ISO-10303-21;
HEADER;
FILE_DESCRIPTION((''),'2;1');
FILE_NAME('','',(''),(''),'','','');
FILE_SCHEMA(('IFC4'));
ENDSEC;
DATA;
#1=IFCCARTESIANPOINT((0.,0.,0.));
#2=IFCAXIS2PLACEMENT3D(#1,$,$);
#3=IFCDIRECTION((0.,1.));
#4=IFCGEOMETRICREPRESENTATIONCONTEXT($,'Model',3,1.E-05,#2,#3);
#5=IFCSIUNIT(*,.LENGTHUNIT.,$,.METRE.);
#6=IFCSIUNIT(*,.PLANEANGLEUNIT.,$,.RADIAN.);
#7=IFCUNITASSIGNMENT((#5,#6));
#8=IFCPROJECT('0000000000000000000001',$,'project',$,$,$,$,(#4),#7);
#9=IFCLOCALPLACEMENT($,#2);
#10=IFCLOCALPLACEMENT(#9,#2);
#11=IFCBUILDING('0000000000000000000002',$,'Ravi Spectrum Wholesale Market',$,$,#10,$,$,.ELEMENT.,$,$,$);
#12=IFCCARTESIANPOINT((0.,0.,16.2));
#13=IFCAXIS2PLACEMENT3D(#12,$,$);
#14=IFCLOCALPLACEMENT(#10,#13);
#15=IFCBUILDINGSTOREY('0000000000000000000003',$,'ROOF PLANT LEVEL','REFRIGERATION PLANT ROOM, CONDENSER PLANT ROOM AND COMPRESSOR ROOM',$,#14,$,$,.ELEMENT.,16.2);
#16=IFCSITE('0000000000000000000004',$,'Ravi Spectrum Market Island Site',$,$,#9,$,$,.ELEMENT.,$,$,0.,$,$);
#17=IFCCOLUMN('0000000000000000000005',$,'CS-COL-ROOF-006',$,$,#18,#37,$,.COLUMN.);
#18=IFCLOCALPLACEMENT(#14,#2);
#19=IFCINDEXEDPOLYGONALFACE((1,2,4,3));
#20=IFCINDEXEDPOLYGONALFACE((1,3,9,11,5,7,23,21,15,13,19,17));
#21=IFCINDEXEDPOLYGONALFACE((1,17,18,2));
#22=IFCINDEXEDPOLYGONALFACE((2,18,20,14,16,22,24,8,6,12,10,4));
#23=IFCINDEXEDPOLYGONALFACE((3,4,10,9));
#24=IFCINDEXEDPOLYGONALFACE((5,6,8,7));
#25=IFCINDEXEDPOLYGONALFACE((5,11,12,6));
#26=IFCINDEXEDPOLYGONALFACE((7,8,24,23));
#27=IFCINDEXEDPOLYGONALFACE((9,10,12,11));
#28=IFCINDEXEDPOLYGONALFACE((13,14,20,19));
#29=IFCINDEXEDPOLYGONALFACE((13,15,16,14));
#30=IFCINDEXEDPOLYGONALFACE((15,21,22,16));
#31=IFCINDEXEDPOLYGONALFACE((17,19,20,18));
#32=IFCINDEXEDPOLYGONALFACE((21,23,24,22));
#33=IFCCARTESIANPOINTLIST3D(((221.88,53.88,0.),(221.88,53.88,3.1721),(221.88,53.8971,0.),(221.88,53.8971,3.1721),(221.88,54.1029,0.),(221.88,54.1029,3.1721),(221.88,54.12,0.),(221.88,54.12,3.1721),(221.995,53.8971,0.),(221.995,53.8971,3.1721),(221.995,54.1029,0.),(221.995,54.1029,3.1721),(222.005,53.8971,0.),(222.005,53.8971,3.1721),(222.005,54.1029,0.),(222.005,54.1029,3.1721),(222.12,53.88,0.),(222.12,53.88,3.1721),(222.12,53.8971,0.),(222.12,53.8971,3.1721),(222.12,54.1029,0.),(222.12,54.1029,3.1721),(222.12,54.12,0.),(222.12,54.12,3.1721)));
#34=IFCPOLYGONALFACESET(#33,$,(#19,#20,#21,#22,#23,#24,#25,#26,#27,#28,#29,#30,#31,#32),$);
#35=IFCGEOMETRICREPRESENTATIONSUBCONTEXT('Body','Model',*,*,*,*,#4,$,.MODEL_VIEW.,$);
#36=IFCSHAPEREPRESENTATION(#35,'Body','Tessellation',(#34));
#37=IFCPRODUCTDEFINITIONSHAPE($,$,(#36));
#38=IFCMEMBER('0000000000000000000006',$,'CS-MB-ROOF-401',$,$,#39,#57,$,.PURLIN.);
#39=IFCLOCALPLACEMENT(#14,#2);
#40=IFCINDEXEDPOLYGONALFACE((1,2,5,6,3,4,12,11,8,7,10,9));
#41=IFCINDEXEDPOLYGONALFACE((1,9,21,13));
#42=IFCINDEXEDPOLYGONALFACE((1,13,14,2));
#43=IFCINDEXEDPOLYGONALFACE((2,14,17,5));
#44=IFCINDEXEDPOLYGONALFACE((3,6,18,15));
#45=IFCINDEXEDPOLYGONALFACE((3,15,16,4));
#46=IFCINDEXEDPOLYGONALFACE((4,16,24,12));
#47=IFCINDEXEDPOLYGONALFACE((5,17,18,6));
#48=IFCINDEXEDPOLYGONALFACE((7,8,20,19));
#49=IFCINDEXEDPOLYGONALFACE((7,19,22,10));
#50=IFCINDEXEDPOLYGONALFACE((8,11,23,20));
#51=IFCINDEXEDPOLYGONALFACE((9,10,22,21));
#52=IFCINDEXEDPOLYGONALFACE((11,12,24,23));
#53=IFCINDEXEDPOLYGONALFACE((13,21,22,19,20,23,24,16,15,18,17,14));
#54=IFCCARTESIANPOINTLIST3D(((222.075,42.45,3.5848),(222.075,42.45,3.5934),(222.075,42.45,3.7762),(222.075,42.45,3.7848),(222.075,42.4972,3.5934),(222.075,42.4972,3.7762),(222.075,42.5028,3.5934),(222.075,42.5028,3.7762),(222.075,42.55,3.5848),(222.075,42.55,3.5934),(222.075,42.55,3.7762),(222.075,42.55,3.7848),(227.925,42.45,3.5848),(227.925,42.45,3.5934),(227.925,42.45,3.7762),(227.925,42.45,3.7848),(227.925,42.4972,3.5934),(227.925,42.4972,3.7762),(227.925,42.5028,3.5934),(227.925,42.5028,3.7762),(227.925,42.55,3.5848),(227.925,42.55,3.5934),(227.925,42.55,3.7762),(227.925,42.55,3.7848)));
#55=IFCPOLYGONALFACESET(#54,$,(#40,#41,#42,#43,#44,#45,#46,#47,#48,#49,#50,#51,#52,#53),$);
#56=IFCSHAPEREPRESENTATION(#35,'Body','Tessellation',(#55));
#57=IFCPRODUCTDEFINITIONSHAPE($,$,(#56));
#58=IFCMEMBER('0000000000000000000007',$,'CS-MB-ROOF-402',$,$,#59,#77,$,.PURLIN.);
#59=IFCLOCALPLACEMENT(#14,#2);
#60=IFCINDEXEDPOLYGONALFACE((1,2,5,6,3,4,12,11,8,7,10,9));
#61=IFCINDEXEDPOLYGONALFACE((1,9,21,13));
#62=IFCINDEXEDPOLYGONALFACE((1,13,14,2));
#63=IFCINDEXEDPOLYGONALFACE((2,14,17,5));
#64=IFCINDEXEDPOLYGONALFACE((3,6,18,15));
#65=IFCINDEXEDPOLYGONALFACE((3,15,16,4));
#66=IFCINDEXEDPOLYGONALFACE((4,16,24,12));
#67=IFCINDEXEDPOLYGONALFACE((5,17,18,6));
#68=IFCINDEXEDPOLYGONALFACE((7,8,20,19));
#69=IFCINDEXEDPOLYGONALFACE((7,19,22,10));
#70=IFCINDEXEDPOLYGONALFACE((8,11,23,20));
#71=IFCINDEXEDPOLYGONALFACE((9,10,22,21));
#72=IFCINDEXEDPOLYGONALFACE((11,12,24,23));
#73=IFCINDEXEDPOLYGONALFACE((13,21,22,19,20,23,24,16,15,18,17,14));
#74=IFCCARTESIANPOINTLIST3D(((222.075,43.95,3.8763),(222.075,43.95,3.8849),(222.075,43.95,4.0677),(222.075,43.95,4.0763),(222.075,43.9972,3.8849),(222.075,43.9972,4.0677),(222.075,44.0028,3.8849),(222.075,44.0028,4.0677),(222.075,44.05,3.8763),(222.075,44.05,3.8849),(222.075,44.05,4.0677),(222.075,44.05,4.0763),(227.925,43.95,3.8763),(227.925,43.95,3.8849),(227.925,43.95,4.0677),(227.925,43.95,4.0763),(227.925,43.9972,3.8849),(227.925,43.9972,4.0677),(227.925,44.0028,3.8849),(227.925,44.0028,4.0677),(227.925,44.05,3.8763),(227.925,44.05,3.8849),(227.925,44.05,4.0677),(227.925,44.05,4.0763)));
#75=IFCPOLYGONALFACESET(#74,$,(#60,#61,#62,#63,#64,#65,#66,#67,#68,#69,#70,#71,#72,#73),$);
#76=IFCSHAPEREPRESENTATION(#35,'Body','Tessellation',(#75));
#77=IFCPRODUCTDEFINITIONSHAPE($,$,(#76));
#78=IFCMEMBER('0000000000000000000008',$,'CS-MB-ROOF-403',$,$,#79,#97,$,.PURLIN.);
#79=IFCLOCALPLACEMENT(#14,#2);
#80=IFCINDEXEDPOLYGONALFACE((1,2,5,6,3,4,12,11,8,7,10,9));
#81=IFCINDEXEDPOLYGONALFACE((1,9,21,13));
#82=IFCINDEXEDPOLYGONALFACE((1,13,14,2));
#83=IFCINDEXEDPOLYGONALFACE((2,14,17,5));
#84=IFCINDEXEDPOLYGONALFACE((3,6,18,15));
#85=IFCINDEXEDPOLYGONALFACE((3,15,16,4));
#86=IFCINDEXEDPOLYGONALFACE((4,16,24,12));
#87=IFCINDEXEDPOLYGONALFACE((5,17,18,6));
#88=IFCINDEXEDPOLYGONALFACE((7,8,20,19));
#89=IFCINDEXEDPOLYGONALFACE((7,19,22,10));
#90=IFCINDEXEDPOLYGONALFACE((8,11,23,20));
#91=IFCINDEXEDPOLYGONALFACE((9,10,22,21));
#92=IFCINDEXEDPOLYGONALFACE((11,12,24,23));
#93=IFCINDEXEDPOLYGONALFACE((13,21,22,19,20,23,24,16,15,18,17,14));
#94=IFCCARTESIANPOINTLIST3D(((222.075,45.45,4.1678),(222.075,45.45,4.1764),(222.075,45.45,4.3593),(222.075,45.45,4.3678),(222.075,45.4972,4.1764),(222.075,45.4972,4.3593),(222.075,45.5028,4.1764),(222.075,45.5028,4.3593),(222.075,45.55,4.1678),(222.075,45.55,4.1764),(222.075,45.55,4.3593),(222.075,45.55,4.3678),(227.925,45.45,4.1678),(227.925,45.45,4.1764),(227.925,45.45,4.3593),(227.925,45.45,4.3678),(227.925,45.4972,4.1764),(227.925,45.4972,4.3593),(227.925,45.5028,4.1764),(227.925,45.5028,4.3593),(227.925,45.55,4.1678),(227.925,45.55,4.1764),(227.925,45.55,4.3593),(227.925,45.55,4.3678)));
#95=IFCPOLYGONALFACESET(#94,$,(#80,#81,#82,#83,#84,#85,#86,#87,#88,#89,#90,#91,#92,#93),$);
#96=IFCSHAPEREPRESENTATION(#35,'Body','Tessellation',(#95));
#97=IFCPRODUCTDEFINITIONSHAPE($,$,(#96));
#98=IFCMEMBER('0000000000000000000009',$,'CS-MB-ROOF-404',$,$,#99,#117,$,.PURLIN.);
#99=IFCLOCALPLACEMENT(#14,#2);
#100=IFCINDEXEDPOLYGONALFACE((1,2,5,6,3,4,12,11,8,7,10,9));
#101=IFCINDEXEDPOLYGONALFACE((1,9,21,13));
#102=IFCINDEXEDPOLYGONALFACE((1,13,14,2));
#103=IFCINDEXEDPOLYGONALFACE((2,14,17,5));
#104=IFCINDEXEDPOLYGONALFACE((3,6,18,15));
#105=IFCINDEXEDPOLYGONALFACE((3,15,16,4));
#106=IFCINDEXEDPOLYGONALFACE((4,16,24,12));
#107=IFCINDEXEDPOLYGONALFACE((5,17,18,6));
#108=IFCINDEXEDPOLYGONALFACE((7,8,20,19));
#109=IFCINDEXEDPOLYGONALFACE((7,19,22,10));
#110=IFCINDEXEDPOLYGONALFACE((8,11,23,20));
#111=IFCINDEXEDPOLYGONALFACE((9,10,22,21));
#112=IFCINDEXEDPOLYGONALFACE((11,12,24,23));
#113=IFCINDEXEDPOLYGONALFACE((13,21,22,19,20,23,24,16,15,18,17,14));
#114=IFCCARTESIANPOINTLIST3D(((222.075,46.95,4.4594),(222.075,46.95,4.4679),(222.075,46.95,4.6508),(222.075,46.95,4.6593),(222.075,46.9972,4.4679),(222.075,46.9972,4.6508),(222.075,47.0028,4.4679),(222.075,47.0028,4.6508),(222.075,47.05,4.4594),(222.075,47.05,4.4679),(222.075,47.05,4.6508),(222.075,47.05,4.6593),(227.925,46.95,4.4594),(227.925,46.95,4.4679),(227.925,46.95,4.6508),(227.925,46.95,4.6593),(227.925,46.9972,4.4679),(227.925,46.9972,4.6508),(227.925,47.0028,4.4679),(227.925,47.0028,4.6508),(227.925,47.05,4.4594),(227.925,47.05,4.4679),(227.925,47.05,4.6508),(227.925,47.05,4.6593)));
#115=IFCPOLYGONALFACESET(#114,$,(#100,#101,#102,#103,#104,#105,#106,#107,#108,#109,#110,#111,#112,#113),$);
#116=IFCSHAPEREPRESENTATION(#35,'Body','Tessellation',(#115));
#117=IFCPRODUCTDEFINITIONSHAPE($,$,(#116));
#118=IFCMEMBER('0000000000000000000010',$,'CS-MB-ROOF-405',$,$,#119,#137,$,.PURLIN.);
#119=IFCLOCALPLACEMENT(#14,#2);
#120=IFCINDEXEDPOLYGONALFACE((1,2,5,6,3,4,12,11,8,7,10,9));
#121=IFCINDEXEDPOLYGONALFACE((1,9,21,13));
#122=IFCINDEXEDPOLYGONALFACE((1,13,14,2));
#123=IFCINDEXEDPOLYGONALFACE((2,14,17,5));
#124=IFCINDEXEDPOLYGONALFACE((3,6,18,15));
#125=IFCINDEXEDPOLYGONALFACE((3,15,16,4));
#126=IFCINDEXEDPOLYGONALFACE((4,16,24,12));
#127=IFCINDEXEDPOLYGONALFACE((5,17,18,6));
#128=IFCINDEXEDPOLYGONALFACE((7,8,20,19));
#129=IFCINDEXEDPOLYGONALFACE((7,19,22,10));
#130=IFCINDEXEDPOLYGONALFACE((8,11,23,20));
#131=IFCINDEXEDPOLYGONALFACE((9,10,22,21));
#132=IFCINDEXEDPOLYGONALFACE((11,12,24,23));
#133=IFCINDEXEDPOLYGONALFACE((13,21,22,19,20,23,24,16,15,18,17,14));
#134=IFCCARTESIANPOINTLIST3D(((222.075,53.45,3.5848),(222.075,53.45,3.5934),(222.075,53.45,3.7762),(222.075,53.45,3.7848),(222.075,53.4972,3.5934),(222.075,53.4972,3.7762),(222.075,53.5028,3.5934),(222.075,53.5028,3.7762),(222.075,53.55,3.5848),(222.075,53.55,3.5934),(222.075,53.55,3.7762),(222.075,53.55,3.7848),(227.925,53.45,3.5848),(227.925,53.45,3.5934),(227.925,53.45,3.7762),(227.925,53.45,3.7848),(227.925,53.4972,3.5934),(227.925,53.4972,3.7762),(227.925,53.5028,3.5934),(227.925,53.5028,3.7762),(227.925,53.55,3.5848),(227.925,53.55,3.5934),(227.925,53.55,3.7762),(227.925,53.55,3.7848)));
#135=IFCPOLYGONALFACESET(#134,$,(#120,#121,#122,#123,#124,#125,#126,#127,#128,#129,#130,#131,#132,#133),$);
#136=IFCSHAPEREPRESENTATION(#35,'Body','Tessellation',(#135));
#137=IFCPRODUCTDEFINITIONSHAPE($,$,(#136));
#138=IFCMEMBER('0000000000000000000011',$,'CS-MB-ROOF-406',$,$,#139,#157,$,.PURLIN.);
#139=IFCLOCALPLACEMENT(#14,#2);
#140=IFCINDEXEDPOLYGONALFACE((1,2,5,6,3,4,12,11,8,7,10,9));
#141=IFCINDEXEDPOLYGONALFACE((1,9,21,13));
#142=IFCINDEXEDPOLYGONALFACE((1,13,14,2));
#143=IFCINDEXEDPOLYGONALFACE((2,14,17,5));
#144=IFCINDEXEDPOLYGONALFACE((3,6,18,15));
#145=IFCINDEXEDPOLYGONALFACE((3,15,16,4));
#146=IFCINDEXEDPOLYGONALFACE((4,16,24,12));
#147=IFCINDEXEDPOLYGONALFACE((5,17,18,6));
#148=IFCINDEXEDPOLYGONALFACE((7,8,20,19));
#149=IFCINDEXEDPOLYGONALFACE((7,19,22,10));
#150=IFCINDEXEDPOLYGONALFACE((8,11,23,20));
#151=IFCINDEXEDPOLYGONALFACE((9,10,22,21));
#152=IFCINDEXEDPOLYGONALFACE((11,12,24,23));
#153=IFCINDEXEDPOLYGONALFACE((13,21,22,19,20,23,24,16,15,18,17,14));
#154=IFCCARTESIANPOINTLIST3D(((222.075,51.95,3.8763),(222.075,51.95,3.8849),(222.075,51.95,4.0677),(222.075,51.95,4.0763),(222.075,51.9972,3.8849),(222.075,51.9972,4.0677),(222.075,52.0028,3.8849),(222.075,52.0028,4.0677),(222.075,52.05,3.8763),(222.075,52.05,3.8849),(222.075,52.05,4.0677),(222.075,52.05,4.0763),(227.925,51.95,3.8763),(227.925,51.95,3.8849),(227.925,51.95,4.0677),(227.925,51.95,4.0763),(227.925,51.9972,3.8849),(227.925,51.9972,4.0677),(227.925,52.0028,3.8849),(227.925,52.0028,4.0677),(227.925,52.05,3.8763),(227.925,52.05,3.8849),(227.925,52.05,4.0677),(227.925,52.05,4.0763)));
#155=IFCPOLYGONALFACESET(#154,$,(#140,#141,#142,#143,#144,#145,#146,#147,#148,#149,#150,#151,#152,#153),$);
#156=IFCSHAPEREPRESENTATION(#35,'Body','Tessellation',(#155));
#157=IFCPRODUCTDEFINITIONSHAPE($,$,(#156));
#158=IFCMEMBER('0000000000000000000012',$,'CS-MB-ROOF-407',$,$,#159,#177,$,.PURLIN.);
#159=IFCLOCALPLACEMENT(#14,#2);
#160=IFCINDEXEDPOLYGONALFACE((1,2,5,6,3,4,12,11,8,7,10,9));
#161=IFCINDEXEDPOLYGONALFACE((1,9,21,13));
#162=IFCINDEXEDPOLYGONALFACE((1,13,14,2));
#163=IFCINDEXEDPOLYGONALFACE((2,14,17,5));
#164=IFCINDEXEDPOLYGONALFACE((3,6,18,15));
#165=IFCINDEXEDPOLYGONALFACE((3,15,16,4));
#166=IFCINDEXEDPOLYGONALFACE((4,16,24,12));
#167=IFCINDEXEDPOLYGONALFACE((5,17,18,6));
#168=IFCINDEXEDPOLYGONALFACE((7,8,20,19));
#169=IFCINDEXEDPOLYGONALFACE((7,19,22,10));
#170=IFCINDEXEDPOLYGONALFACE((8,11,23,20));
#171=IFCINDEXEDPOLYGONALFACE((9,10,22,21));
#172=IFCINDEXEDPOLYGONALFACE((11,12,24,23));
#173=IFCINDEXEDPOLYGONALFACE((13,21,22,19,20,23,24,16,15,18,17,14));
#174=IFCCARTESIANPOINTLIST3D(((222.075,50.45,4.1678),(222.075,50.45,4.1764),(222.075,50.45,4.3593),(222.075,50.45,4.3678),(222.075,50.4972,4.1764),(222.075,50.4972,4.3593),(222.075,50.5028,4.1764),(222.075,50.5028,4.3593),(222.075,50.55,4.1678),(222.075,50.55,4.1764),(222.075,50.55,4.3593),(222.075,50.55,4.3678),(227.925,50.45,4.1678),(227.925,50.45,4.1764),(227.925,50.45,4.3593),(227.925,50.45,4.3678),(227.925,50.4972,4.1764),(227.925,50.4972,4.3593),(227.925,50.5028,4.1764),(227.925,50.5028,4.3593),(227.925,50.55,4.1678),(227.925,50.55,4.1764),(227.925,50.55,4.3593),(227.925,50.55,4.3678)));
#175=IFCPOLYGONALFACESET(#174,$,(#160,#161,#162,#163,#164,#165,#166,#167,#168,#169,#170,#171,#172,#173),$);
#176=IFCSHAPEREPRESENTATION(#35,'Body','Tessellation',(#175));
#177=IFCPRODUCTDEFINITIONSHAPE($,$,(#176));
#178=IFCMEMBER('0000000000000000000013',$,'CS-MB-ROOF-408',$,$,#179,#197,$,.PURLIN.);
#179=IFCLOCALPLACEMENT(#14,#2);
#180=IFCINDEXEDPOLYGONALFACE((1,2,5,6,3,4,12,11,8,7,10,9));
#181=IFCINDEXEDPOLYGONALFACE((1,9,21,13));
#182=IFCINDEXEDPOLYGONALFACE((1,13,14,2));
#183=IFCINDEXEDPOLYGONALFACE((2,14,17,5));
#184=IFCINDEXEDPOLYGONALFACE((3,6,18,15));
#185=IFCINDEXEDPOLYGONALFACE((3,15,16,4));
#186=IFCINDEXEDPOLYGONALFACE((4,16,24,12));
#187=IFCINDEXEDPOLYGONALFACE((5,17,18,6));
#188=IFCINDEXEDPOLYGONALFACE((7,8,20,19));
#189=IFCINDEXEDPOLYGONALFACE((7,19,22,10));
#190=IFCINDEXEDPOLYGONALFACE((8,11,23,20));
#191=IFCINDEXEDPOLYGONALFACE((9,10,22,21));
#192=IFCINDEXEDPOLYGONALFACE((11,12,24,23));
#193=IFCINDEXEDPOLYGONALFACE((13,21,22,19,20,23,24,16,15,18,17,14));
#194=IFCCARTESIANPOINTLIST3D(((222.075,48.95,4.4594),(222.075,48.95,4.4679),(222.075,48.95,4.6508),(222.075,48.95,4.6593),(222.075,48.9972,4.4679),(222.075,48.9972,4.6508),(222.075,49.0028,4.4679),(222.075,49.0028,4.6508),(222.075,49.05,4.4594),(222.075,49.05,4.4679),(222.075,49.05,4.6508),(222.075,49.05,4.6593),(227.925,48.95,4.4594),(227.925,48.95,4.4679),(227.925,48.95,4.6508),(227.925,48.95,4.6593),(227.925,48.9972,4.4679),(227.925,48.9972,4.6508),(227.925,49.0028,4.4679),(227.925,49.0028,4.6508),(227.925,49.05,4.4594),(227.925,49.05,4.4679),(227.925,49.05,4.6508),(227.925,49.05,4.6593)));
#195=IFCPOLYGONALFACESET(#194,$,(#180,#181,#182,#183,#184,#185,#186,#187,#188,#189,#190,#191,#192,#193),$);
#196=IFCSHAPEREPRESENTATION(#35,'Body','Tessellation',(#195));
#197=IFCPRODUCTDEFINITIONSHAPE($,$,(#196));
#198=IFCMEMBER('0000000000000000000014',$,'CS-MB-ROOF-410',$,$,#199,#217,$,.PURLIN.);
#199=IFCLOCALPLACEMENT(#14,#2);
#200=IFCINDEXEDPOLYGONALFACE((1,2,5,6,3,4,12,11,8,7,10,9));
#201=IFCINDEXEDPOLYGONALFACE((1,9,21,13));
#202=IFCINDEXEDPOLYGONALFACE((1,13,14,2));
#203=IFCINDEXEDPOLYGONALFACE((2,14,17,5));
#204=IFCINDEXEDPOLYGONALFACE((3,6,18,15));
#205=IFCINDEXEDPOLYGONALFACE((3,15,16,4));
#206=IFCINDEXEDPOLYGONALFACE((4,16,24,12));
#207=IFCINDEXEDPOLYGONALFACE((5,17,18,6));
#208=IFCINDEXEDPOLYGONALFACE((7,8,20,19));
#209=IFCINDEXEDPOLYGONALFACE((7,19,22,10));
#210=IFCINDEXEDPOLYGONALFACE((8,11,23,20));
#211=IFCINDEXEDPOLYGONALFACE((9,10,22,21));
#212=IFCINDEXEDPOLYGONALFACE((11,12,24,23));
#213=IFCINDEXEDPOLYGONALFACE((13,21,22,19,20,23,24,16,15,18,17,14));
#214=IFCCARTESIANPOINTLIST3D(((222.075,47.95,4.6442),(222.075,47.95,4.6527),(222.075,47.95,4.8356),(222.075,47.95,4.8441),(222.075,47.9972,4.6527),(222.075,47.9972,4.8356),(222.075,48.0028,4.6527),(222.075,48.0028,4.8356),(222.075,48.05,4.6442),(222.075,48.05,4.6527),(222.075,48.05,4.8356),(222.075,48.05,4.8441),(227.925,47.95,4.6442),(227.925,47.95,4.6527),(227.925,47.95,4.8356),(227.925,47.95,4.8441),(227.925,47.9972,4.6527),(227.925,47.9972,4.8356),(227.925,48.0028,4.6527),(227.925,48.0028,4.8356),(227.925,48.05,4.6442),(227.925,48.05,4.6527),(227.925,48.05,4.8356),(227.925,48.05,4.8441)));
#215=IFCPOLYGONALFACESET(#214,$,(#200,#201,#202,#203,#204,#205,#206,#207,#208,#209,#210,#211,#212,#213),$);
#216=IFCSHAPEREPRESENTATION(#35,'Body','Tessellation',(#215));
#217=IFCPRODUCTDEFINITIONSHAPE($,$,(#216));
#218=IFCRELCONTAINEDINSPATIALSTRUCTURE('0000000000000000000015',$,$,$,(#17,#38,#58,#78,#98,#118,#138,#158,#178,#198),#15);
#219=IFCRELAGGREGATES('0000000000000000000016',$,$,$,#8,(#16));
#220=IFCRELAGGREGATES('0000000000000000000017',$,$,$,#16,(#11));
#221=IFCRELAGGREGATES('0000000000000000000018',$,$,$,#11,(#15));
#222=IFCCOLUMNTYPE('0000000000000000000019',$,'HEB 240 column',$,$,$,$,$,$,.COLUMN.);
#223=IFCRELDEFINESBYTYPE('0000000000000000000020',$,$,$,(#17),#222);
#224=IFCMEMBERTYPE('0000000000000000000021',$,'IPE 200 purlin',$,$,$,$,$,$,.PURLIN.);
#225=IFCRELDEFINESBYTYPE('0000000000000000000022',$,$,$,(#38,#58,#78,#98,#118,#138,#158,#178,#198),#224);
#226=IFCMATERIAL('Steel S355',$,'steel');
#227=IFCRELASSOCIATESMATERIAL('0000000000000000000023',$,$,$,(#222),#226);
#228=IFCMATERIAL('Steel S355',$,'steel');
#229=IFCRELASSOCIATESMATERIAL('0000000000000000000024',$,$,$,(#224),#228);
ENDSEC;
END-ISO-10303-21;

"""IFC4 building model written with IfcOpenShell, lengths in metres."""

from ifc_helpers import new_model, si_unit, direction, frame, origin, origin_2d, place, context, subcontext, project, spatial, i_section, extrude, material, material_profile, profile_set, type_object, element, save


model = new_model("IFC4")

# Units and contexts
model_context = context("Model", 3, precision=1e-05, world=origin(), true_north=direction((0.0, 1.0)))
body_context = subcontext(model_context, "Body", "Model", "MODEL_VIEW")
ifc_project = project(units=[si_unit("LENGTHUNIT", "METRE"), si_unit("PLANEANGLEUNIT", "RADIAN")], contexts=[model_context])

# Site, building, storey
site_placement = place(None, origin())
site = spatial("IfcSite", under=ifc_project, at=site_placement, Name="Ravi Spectrum Market Island Site", CompositionType="ELEMENT", RefElevation=0.0)
building_placement = place(site_placement, origin())
building = spatial("IfcBuilding", under=site, at=building_placement, Name="Ravi Spectrum Wholesale Market", CompositionType="ELEMENT")
storey_placement = place(building_placement, frame((0.0, 0.0, 16.2)))
storey = spatial("IfcBuildingStorey", under=building, at=storey_placement, Name="ROOF PLANT LEVEL", Description="REFRIGERATION PLANT ROOM, CONDENSER PLANT ROOM AND COMPRESSOR ROOM", CompositionType="ELEMENT", Elevation=16.2)

# Column
ifc_material_1 = material(Name="Steel S355", Category="steel")
ifc_material_profile_1 = material_profile(ifc_material_1, i_section(OverallWidth=0.24, OverallDepth=0.24, WebThickness=0.01, FlangeThickness=0.0171, at=origin_2d()))
ifc_profile_set_1 = profile_set([ifc_material_profile_1], Name="Steel S355")
column_type = type_object("IfcColumnType", Name="HEB 240 column", PredefinedType="COLUMN", material=ifc_profile_set_1)
column_placement = place(storey_placement, frame((222.0, 54.0, 0.0), z_axis=(0.0, 0.0, 1.0), x_axis=(1.0, 0.0, 0.0)))
element("IfcColumn", 1, at=column_placement, inside=storey, type_object=column_type, Name="CS-COL-ROOF-006", PredefinedType="COLUMN", context=body_context, shape_type="SweptSolid", body=[
    extrude(i_section(OverallWidth=0.24, OverallDepth=0.24, WebThickness=0.01, FlangeThickness=0.0171, at=origin_2d()), origin(), (0.0, 0.0, 1.0), 3.1721),
])

# Members
ifc_material_2 = material(Name="Steel S355", Category="steel")
ifc_material_profile_2 = material_profile(ifc_material_2, i_section(OverallWidth=0.1001, OverallDepth=0.2, WebThickness=0.0056, FlangeThickness=0.0085, at=origin_2d()))
ifc_profile_set_2 = profile_set([ifc_material_profile_2], Name="Steel S355")
member_type = type_object("IfcMemberType", Name="IPE 200 purlin", PredefinedType="PURLIN", material=ifc_profile_set_2)
for number, where, z_axis, x_axis, name in (
    (2, (222.075, 42.5, 3.6848), (1.0, 0.0, 0.0), (0.0, 1.0, 0.0), "CS-MB-ROOF-401"),
    (3, (222.075, 44.0, 3.9763), (1.0, 0.0, 0.0), (0.0, 1.0, 0.0), "CS-MB-ROOF-402"),
    (4, (222.075, 45.5, 4.2678), (1.0, 0.0, 0.0), (0.0, 1.0, 0.0), "CS-MB-ROOF-403"),
    (5, (222.075, 47.0, 4.5593), (1.0, 0.0, 0.0), (0.0, 1.0, 0.0), "CS-MB-ROOF-404"),
    (6, (222.075, 53.5, 3.6848), (1.0, 0.0, 0.0), (0.0, 1.0, 0.0), "CS-MB-ROOF-405"),
    (7, (222.075, 52.0, 3.9763), (1.0, 0.0, 0.0), (0.0, 1.0, 0.0), "CS-MB-ROOF-406"),
    (8, (222.075, 50.5, 4.2678), (1.0, 0.0, 0.0), (0.0, 1.0, 0.0), "CS-MB-ROOF-407"),
    (9, (222.075, 49.0, 4.5593), (1.0, 0.0, 0.0), (0.0, 1.0, 0.0), "CS-MB-ROOF-408"),
    (10, (222.075, 48.0, 4.7441), (1.0, 0.0, 0.0), (0.0, 1.0, 0.0), "CS-MB-ROOF-410"),
):
    element("IfcMember", number, at=place(storey_placement, frame(where, z_axis=z_axis, x_axis=x_axis)), inside=storey, type_object=member_type, Name=name, PredefinedType="PURLIN", context=body_context, shape_type="SweptSolid", body=[
        extrude(i_section(OverallWidth=0.1001, OverallDepth=0.2, WebThickness=0.0056, FlangeThickness=0.0085, at=origin_2d()), origin(), (0.0, 0.0, 1.0), 5.8501),
    ])

save(model, "model.ifc")
